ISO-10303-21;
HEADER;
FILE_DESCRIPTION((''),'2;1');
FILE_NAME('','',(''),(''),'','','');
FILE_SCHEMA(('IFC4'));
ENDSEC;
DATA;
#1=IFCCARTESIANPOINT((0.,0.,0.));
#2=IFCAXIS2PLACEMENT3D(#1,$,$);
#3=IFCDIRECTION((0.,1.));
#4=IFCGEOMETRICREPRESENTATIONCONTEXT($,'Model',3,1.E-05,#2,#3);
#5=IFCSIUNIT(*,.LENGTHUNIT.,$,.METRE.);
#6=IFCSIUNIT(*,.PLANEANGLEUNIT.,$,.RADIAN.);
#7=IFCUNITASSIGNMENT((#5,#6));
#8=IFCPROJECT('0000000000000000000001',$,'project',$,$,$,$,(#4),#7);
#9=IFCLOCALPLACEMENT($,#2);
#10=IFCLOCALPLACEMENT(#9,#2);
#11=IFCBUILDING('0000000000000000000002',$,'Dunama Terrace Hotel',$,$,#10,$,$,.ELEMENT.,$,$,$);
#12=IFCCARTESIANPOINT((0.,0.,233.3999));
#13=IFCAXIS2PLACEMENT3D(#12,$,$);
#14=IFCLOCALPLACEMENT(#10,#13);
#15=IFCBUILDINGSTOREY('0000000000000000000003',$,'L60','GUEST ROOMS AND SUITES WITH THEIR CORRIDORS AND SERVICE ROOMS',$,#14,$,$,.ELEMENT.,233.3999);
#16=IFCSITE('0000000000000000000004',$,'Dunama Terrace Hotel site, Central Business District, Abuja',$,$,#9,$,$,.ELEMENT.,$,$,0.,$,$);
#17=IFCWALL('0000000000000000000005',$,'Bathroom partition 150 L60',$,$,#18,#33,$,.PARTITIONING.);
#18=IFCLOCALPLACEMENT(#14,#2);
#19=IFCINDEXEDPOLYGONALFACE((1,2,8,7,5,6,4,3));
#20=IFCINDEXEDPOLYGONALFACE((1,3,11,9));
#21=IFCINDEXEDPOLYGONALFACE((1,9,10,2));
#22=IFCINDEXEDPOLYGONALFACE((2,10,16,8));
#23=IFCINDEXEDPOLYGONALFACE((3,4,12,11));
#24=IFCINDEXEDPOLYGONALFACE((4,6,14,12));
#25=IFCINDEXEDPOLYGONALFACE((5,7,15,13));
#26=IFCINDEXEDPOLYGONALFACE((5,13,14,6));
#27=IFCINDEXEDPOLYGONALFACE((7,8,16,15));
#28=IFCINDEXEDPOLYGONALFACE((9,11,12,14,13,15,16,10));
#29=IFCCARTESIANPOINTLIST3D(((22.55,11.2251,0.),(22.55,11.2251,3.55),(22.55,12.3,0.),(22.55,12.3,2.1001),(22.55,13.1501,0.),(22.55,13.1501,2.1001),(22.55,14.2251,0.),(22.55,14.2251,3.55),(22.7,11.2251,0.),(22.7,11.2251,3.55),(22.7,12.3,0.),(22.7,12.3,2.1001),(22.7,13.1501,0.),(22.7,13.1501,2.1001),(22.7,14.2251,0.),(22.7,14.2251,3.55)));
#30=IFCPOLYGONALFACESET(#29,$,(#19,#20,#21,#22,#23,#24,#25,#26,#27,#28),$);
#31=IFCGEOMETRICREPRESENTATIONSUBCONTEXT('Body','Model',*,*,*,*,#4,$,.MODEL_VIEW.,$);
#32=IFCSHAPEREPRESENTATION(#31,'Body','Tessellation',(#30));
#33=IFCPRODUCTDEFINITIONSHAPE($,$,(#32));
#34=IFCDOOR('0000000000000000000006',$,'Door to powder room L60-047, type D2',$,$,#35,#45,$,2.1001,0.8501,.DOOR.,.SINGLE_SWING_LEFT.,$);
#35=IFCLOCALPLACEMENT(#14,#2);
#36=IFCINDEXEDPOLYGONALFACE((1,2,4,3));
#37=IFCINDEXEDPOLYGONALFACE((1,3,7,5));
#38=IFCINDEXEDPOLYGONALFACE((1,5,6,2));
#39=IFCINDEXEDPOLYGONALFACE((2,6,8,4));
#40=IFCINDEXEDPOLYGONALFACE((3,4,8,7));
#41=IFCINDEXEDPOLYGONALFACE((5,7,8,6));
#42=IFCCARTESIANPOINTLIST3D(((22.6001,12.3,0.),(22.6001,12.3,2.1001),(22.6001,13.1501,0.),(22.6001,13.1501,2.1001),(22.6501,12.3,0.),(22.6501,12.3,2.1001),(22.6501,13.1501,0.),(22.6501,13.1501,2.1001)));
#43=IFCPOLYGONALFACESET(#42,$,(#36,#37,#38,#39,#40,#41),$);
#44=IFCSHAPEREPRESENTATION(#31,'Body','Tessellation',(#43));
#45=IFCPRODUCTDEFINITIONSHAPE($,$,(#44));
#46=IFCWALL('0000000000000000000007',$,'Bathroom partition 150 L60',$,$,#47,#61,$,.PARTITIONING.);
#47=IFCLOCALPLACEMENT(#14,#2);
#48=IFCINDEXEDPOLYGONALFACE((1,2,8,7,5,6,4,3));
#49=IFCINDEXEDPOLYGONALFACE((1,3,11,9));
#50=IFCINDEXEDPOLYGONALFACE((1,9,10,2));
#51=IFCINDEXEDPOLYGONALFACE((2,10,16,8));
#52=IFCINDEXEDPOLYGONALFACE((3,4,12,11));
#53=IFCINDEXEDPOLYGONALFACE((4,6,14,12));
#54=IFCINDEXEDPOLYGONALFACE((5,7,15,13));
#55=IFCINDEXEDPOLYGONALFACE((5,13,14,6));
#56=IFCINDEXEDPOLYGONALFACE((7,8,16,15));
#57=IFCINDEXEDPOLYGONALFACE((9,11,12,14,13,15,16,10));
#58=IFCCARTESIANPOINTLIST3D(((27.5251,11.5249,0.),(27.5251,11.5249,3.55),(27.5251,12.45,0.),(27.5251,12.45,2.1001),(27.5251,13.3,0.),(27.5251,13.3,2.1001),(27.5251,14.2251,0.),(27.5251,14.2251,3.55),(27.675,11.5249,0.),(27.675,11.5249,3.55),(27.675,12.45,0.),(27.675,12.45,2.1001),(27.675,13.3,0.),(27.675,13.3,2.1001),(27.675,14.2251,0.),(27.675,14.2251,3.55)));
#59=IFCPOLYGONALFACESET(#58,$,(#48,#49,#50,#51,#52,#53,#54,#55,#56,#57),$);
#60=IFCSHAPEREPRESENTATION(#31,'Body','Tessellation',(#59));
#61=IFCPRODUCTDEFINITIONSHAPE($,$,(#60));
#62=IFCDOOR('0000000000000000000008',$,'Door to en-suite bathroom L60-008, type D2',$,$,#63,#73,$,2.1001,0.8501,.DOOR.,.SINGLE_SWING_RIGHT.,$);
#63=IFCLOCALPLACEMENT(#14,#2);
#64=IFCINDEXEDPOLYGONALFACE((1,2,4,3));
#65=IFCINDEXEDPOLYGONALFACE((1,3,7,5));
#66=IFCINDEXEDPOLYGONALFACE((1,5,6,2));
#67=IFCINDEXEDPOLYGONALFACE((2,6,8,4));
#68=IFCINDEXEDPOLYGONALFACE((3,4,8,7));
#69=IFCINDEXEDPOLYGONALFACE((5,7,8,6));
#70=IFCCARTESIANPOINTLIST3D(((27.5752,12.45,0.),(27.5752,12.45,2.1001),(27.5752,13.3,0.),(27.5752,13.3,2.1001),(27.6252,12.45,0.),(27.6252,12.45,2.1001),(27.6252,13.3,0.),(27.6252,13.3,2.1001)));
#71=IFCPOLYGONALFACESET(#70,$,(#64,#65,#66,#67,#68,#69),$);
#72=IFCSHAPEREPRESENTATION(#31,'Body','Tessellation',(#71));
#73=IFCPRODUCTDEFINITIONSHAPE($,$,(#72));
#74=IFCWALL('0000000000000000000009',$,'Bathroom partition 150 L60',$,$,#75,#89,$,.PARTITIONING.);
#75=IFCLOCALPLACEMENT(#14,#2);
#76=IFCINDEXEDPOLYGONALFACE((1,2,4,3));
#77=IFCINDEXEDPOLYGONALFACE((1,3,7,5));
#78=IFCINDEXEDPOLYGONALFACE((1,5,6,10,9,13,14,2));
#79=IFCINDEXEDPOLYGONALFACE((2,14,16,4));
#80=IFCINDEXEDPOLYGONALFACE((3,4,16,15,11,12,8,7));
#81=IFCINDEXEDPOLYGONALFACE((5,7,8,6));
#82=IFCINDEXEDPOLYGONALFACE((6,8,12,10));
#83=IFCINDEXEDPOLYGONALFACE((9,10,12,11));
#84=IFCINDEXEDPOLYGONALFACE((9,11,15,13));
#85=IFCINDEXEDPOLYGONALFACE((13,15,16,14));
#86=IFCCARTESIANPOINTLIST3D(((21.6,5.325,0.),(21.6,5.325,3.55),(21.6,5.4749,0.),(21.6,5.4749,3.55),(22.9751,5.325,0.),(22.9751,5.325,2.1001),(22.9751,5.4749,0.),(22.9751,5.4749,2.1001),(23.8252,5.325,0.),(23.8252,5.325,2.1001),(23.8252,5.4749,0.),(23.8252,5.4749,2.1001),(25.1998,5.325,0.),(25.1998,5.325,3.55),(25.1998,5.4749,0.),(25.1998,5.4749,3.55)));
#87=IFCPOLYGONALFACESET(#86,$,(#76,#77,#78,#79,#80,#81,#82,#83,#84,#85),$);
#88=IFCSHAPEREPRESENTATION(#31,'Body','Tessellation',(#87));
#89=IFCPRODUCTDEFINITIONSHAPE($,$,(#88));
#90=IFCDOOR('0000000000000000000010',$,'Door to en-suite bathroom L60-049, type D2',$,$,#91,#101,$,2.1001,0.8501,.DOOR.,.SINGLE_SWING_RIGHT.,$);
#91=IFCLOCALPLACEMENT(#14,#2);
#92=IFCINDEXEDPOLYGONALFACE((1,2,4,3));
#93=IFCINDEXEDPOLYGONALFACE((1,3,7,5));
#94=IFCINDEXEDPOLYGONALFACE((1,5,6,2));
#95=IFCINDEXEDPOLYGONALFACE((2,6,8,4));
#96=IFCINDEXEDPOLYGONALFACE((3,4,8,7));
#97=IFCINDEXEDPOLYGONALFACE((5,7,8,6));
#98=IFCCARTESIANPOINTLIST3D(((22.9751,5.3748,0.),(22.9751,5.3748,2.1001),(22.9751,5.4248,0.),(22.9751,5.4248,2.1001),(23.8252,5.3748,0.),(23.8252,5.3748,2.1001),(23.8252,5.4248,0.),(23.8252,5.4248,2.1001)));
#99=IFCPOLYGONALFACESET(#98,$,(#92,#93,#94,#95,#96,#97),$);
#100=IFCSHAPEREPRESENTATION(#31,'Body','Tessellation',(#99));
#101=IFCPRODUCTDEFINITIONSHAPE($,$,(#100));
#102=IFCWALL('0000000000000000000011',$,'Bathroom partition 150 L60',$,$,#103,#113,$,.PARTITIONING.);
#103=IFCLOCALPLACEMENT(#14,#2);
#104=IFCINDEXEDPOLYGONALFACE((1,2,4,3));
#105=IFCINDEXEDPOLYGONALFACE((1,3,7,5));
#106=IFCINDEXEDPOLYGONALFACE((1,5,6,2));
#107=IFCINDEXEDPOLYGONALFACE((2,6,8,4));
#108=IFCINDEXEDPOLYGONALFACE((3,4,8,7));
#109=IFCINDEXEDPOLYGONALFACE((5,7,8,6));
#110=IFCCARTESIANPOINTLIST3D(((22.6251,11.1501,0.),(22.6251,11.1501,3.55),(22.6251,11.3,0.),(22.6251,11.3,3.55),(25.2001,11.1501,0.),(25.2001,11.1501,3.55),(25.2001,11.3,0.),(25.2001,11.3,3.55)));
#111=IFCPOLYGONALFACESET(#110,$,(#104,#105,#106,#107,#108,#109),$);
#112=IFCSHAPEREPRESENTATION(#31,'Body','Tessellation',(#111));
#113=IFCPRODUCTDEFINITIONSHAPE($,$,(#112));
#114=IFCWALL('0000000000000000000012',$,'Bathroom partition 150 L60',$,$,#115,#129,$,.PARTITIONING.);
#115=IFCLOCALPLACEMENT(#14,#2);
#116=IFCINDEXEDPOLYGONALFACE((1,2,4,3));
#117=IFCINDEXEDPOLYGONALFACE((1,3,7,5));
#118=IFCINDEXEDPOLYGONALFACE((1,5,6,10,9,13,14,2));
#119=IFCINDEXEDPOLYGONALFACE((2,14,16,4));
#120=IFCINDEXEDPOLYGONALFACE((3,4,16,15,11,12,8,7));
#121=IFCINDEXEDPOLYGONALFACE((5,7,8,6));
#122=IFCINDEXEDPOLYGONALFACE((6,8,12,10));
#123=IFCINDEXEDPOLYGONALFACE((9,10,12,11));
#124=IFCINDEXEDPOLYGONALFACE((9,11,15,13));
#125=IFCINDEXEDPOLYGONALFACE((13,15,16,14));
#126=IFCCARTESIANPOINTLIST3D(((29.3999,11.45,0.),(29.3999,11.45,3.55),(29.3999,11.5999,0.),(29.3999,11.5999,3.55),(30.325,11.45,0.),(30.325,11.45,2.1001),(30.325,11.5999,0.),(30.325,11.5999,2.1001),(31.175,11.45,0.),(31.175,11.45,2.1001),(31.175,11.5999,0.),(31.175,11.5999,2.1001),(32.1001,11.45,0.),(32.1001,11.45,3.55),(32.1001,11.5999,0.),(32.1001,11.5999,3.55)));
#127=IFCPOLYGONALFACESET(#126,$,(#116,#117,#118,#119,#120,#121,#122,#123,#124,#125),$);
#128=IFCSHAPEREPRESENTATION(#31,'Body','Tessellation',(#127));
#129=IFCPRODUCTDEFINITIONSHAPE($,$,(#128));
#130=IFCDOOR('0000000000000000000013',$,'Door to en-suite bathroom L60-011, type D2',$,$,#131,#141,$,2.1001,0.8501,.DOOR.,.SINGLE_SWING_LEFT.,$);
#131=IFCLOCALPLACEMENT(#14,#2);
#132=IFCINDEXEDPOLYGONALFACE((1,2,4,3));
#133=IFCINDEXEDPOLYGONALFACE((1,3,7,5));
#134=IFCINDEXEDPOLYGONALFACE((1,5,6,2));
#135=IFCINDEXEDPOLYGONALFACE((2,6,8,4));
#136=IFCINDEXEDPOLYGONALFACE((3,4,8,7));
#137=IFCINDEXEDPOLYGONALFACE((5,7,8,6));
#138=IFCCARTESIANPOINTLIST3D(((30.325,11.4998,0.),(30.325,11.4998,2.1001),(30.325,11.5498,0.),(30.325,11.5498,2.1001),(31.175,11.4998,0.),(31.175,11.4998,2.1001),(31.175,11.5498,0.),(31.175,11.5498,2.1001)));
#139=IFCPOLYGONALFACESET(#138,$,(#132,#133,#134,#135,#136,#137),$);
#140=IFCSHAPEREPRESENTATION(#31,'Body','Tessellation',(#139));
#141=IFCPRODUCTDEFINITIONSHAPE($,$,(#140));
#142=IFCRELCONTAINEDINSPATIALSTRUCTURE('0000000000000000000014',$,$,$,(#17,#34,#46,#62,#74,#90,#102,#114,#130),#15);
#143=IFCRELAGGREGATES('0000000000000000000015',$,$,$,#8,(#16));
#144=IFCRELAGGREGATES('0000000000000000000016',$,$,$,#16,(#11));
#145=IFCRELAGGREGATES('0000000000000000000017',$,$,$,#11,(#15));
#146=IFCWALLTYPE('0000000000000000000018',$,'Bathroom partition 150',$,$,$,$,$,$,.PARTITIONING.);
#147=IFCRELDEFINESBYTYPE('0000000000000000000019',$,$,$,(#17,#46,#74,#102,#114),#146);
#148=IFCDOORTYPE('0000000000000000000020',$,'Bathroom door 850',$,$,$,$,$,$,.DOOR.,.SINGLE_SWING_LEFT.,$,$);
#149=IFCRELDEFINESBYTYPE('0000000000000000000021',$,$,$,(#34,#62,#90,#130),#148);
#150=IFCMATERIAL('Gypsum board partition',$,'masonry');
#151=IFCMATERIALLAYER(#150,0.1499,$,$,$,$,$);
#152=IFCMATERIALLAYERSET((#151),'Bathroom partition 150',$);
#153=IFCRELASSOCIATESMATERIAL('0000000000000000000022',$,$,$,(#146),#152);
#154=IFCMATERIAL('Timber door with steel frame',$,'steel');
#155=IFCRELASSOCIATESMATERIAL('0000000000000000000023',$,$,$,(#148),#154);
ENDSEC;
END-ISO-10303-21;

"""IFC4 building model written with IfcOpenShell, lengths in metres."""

from ifc_helpers import new_model, si_unit, direction, frame, frame_2d, origin, place, context, subcontext, project, spatial, rectangle, extrude, material, layer, layer_set, type_object, element, fill, save


model = new_model("IFC4")

# Units and contexts
model_context = context("Model", 3, precision=1e-05, world=origin(), true_north=direction((0.0, 1.0)))
body_context = subcontext(model_context, "Body", "Model", "MODEL_VIEW")
ifc_project = project(units=[si_unit("LENGTHUNIT", "METRE"), si_unit("PLANEANGLEUNIT", "RADIAN")], contexts=[model_context])

# Site, building, storey
site_placement = place(None, origin())
site = spatial("IfcSite", under=ifc_project, at=site_placement, Name="Dunama Terrace Hotel site, Central Business District, Abuja", CompositionType="ELEMENT", RefElevation=0.0)
building_placement = place(site_placement, origin())
building = spatial("IfcBuilding", under=site, at=building_placement, Name="Dunama Terrace Hotel", CompositionType="ELEMENT")
storey_placement = place(building_placement, frame((0.0, 0.0, 233.3999)))
storey = spatial("IfcBuildingStorey", under=building, at=storey_placement, Name="L60", Description="GUEST ROOMS AND SUITES WITH THEIR CORRIDORS AND SERVICE ROOMS", CompositionType="ELEMENT", Elevation=233.3999)

# Walls, openings, doors
ifc_material_1 = material(Name="Gypsum board partition", Category="masonry")
ifc_layer_1 = layer(ifc_material_1, 0.1499)
ifc_layer_set_1 = layer_set([ifc_layer_1], Name="Bathroom partition 150")
wall_type_1 = type_object("IfcWallType", Name="Bathroom partition 150", PredefinedType="PARTITIONING", material=ifc_layer_set_1)
wall_1_placement = place(storey_placement, frame((22.625, 11.2251, 0.0), z_axis=(0.0, 0.0, 1.0), x_axis=(0.0, 1.0, 0.0)))
wall_1 = element("IfcWall", 1, at=wall_1_placement, inside=storey, type_object=wall_type_1, Name="Bathroom partition 150 L60", PredefinedType="PARTITIONING", context=body_context, shape_type="SweptSolid", body=[
    extrude(rectangle(XDim=3.0, YDim=0.1499, at=frame_2d((1.5, 0.0))), origin(), (0.0, 0.0, 1.0), 3.55),
])
opening_1_placement = place(wall_1_placement, frame((1.075, 0.0, 0.0)))
opening_1 = element("IfcOpeningElement", 2, at=opening_1_placement, cuts=wall_1, PredefinedType="OPENING", context=body_context, shape_type="SweptSolid", body=[
    extrude(rectangle(XDim=0.8501, YDim=2.1001, at=frame_2d((0.425, 1.05))), frame((0.0, 0.085, 0.0), z_axis=(0.0, -1.0, 0.0), x_axis=(1.0, 0.0, 0.0)), (0.0, 0.0, 1.0), 0.1699),
])
ifc_material_2 = material(Name="Timber door with steel frame", Category="steel")
door_type_1 = type_object("IfcDoorType", Name="Bathroom door 850", OperationType="SINGLE_SWING_LEFT", PredefinedType="DOOR", material=ifc_material_2)
door_1_placement = place(opening_1_placement, frame((0.8501, 0.0, 0.0), z_axis=(0.0, 0.0, 1.0), x_axis=(-1.0, 0.0, 0.0)))
door_1 = element("IfcDoor", 3, at=door_1_placement, inside=storey, type_object=door_type_1, Name="Door to powder room L60-047, type D2", OperationType="SINGLE_SWING_LEFT", OverallHeight=2.1001, OverallWidth=0.8501, PredefinedType="DOOR", context=body_context, shape_type="SweptSolid", body=[
    extrude(rectangle(XDim=0.8501, YDim=2.1001, at=frame_2d((0.425, 1.05))), frame((0.0, 0.0251, 0.0), z_axis=(0.0, -1.0, 0.0), x_axis=(1.0, 0.0, 0.0)), (0.0, 0.0, 1.0), 0.05),
])
fill(opening_1, door_1)
wall_2_placement = place(storey_placement, frame((27.6001, 11.5249, 0.0), z_axis=(0.0, 0.0, 1.0), x_axis=(0.0, 1.0, 0.0)))
wall_2 = element("IfcWall", 4, at=wall_2_placement, inside=storey, type_object=wall_type_1, Name="Bathroom partition 150 L60", PredefinedType="PARTITIONING", context=body_context, shape_type="SweptSolid", body=[
    extrude(rectangle(XDim=2.7002, YDim=0.1499, at=frame_2d((1.3501, 0.0))), origin(), (0.0, 0.0, 1.0), 3.55),
])
opening_2_placement = place(wall_2_placement, frame((0.925, 0.0, 0.0)))
opening_2 = element("IfcOpeningElement", 5, at=opening_2_placement, cuts=wall_2, PredefinedType="OPENING", context=body_context, shape_type="SweptSolid", body=[
    extrude(rectangle(XDim=0.8501, YDim=2.1001, at=frame_2d((0.425, 1.05))), frame((0.0, 0.085, 0.0), z_axis=(0.0, -1.0, 0.0), x_axis=(1.0, 0.0, 0.0)), (0.0, 0.0, 1.0), 0.1699),
])
door_2_placement = place(opening_2_placement, origin())
door_2 = element("IfcDoor", 6, at=door_2_placement, inside=storey, type_object=door_type_1, Name="Door to en-suite bathroom L60-008, type D2", OperationType="SINGLE_SWING_RIGHT", OverallHeight=2.1001, OverallWidth=0.8501, PredefinedType="DOOR", context=body_context, shape_type="SweptSolid", body=[
    extrude(rectangle(XDim=0.8501, YDim=2.1001, at=frame_2d((0.425, 1.05))), frame((0.0, 0.0249, 0.0), z_axis=(0.0, -1.0, 0.0), x_axis=(1.0, 0.0, 0.0)), (0.0, 0.0, 1.0), 0.05),
])
fill(opening_2, door_2)
wall_3_placement = place(storey_placement, frame((21.6001, 5.3999, 0.0), z_axis=(0.0, 0.0, 1.0), x_axis=(1.0, 0.0, 0.0)))
wall_3 = element("IfcWall", 7, at=wall_3_placement, inside=storey, type_object=wall_type_1, Name="Bathroom partition 150 L60", PredefinedType="PARTITIONING", context=body_context, shape_type="SweptSolid", body=[
    extrude(rectangle(XDim=3.5999, YDim=0.1499, at=frame_2d((1.7998, 0.0))), origin(), (0.0, 0.0, 1.0), 3.55),
])
opening_3_placement = place(wall_3_placement, frame((1.375, 0.0, 0.0)))
opening_3 = element("IfcOpeningElement", 8, at=opening_3_placement, cuts=wall_3, PredefinedType="OPENING", context=body_context, shape_type="SweptSolid", body=[
    extrude(rectangle(XDim=0.8501, YDim=2.1001, at=frame_2d((0.425, 1.05))), frame((0.0, 0.085, 0.0), z_axis=(0.0, -1.0, 0.0), x_axis=(1.0, 0.0, 0.0)), (0.0, 0.0, 1.0), 0.1699),
])
door_3_placement = place(opening_3_placement, origin())
door_3 = element("IfcDoor", 9, at=door_3_placement, inside=storey, type_object=door_type_1, Name="Door to en-suite bathroom L60-049, type D2", OperationType="SINGLE_SWING_RIGHT", OverallHeight=2.1001, OverallWidth=0.8501, PredefinedType="DOOR", context=body_context, shape_type="SweptSolid", body=[
    extrude(rectangle(XDim=0.8501, YDim=2.1001, at=frame_2d((0.425, 1.05))), frame((0.0, 0.0249, 0.0), z_axis=(0.0, -1.0, 0.0), x_axis=(1.0, 0.0, 0.0)), (0.0, 0.0, 1.0), 0.05),
])
fill(opening_3, door_3)

# Wall
wall_4_placement = place(storey_placement, frame((22.625, 11.2251, 0.0), z_axis=(0.0, 0.0, 1.0), x_axis=(1.0, 0.0, 0.0)))
element("IfcWall", 10, at=wall_4_placement, inside=storey, type_object=wall_type_1, Name="Bathroom partition 150 L60", PredefinedType="PARTITIONING", context=body_context, shape_type="SweptSolid", body=[
    extrude(rectangle(XDim=2.575, YDim=0.1499, at=frame_2d((1.2876, 0.0))), origin(), (0.0, 0.0, 1.0), 3.55),
])

# Wall, opening, door
wall_5_placement = place(storey_placement, frame((29.3999, 11.5249, 0.0), z_axis=(0.0, 0.0, 1.0), x_axis=(1.0, 0.0, 0.0)))
wall_5 = element("IfcWall", 11, at=wall_5_placement, inside=storey, type_object=wall_type_1, Name="Bathroom partition 150 L60", PredefinedType="PARTITIONING", context=body_context, shape_type="SweptSolid", body=[
    extrude(rectangle(XDim=2.7002, YDim=0.1499, at=frame_2d((1.3501, 0.0))), origin(), (0.0, 0.0, 1.0), 3.55),
])
opening_4_placement = place(wall_5_placement, frame((0.925, 0.0, 0.0)))
opening_4 = element("IfcOpeningElement", 12, at=opening_4_placement, cuts=wall_5, PredefinedType="OPENING", context=body_context, shape_type="SweptSolid", body=[
    extrude(rectangle(XDim=0.8501, YDim=2.1001, at=frame_2d((0.425, 1.05))), frame((0.0, 0.085, 0.0), z_axis=(0.0, -1.0, 0.0), x_axis=(1.0, 0.0, 0.0)), (0.0, 0.0, 1.0), 0.1699),
])
door_4_placement = place(opening_4_placement, origin())
door_4 = element("IfcDoor", 13, at=door_4_placement, inside=storey, type_object=door_type_1, Name="Door to en-suite bathroom L60-011, type D2", OperationType="SINGLE_SWING_LEFT", OverallHeight=2.1001, OverallWidth=0.8501, PredefinedType="DOOR", context=body_context, shape_type="SweptSolid", body=[
    extrude(rectangle(XDim=0.8501, YDim=2.1001, at=frame_2d((0.425, 1.05))), frame((0.0, 0.0249, 0.0), z_axis=(0.0, -1.0, 0.0), x_axis=(1.0, 0.0, 0.0)), (0.0, 0.0, 1.0), 0.05),
])
fill(opening_4, door_4)

save(model, "model.ifc")
